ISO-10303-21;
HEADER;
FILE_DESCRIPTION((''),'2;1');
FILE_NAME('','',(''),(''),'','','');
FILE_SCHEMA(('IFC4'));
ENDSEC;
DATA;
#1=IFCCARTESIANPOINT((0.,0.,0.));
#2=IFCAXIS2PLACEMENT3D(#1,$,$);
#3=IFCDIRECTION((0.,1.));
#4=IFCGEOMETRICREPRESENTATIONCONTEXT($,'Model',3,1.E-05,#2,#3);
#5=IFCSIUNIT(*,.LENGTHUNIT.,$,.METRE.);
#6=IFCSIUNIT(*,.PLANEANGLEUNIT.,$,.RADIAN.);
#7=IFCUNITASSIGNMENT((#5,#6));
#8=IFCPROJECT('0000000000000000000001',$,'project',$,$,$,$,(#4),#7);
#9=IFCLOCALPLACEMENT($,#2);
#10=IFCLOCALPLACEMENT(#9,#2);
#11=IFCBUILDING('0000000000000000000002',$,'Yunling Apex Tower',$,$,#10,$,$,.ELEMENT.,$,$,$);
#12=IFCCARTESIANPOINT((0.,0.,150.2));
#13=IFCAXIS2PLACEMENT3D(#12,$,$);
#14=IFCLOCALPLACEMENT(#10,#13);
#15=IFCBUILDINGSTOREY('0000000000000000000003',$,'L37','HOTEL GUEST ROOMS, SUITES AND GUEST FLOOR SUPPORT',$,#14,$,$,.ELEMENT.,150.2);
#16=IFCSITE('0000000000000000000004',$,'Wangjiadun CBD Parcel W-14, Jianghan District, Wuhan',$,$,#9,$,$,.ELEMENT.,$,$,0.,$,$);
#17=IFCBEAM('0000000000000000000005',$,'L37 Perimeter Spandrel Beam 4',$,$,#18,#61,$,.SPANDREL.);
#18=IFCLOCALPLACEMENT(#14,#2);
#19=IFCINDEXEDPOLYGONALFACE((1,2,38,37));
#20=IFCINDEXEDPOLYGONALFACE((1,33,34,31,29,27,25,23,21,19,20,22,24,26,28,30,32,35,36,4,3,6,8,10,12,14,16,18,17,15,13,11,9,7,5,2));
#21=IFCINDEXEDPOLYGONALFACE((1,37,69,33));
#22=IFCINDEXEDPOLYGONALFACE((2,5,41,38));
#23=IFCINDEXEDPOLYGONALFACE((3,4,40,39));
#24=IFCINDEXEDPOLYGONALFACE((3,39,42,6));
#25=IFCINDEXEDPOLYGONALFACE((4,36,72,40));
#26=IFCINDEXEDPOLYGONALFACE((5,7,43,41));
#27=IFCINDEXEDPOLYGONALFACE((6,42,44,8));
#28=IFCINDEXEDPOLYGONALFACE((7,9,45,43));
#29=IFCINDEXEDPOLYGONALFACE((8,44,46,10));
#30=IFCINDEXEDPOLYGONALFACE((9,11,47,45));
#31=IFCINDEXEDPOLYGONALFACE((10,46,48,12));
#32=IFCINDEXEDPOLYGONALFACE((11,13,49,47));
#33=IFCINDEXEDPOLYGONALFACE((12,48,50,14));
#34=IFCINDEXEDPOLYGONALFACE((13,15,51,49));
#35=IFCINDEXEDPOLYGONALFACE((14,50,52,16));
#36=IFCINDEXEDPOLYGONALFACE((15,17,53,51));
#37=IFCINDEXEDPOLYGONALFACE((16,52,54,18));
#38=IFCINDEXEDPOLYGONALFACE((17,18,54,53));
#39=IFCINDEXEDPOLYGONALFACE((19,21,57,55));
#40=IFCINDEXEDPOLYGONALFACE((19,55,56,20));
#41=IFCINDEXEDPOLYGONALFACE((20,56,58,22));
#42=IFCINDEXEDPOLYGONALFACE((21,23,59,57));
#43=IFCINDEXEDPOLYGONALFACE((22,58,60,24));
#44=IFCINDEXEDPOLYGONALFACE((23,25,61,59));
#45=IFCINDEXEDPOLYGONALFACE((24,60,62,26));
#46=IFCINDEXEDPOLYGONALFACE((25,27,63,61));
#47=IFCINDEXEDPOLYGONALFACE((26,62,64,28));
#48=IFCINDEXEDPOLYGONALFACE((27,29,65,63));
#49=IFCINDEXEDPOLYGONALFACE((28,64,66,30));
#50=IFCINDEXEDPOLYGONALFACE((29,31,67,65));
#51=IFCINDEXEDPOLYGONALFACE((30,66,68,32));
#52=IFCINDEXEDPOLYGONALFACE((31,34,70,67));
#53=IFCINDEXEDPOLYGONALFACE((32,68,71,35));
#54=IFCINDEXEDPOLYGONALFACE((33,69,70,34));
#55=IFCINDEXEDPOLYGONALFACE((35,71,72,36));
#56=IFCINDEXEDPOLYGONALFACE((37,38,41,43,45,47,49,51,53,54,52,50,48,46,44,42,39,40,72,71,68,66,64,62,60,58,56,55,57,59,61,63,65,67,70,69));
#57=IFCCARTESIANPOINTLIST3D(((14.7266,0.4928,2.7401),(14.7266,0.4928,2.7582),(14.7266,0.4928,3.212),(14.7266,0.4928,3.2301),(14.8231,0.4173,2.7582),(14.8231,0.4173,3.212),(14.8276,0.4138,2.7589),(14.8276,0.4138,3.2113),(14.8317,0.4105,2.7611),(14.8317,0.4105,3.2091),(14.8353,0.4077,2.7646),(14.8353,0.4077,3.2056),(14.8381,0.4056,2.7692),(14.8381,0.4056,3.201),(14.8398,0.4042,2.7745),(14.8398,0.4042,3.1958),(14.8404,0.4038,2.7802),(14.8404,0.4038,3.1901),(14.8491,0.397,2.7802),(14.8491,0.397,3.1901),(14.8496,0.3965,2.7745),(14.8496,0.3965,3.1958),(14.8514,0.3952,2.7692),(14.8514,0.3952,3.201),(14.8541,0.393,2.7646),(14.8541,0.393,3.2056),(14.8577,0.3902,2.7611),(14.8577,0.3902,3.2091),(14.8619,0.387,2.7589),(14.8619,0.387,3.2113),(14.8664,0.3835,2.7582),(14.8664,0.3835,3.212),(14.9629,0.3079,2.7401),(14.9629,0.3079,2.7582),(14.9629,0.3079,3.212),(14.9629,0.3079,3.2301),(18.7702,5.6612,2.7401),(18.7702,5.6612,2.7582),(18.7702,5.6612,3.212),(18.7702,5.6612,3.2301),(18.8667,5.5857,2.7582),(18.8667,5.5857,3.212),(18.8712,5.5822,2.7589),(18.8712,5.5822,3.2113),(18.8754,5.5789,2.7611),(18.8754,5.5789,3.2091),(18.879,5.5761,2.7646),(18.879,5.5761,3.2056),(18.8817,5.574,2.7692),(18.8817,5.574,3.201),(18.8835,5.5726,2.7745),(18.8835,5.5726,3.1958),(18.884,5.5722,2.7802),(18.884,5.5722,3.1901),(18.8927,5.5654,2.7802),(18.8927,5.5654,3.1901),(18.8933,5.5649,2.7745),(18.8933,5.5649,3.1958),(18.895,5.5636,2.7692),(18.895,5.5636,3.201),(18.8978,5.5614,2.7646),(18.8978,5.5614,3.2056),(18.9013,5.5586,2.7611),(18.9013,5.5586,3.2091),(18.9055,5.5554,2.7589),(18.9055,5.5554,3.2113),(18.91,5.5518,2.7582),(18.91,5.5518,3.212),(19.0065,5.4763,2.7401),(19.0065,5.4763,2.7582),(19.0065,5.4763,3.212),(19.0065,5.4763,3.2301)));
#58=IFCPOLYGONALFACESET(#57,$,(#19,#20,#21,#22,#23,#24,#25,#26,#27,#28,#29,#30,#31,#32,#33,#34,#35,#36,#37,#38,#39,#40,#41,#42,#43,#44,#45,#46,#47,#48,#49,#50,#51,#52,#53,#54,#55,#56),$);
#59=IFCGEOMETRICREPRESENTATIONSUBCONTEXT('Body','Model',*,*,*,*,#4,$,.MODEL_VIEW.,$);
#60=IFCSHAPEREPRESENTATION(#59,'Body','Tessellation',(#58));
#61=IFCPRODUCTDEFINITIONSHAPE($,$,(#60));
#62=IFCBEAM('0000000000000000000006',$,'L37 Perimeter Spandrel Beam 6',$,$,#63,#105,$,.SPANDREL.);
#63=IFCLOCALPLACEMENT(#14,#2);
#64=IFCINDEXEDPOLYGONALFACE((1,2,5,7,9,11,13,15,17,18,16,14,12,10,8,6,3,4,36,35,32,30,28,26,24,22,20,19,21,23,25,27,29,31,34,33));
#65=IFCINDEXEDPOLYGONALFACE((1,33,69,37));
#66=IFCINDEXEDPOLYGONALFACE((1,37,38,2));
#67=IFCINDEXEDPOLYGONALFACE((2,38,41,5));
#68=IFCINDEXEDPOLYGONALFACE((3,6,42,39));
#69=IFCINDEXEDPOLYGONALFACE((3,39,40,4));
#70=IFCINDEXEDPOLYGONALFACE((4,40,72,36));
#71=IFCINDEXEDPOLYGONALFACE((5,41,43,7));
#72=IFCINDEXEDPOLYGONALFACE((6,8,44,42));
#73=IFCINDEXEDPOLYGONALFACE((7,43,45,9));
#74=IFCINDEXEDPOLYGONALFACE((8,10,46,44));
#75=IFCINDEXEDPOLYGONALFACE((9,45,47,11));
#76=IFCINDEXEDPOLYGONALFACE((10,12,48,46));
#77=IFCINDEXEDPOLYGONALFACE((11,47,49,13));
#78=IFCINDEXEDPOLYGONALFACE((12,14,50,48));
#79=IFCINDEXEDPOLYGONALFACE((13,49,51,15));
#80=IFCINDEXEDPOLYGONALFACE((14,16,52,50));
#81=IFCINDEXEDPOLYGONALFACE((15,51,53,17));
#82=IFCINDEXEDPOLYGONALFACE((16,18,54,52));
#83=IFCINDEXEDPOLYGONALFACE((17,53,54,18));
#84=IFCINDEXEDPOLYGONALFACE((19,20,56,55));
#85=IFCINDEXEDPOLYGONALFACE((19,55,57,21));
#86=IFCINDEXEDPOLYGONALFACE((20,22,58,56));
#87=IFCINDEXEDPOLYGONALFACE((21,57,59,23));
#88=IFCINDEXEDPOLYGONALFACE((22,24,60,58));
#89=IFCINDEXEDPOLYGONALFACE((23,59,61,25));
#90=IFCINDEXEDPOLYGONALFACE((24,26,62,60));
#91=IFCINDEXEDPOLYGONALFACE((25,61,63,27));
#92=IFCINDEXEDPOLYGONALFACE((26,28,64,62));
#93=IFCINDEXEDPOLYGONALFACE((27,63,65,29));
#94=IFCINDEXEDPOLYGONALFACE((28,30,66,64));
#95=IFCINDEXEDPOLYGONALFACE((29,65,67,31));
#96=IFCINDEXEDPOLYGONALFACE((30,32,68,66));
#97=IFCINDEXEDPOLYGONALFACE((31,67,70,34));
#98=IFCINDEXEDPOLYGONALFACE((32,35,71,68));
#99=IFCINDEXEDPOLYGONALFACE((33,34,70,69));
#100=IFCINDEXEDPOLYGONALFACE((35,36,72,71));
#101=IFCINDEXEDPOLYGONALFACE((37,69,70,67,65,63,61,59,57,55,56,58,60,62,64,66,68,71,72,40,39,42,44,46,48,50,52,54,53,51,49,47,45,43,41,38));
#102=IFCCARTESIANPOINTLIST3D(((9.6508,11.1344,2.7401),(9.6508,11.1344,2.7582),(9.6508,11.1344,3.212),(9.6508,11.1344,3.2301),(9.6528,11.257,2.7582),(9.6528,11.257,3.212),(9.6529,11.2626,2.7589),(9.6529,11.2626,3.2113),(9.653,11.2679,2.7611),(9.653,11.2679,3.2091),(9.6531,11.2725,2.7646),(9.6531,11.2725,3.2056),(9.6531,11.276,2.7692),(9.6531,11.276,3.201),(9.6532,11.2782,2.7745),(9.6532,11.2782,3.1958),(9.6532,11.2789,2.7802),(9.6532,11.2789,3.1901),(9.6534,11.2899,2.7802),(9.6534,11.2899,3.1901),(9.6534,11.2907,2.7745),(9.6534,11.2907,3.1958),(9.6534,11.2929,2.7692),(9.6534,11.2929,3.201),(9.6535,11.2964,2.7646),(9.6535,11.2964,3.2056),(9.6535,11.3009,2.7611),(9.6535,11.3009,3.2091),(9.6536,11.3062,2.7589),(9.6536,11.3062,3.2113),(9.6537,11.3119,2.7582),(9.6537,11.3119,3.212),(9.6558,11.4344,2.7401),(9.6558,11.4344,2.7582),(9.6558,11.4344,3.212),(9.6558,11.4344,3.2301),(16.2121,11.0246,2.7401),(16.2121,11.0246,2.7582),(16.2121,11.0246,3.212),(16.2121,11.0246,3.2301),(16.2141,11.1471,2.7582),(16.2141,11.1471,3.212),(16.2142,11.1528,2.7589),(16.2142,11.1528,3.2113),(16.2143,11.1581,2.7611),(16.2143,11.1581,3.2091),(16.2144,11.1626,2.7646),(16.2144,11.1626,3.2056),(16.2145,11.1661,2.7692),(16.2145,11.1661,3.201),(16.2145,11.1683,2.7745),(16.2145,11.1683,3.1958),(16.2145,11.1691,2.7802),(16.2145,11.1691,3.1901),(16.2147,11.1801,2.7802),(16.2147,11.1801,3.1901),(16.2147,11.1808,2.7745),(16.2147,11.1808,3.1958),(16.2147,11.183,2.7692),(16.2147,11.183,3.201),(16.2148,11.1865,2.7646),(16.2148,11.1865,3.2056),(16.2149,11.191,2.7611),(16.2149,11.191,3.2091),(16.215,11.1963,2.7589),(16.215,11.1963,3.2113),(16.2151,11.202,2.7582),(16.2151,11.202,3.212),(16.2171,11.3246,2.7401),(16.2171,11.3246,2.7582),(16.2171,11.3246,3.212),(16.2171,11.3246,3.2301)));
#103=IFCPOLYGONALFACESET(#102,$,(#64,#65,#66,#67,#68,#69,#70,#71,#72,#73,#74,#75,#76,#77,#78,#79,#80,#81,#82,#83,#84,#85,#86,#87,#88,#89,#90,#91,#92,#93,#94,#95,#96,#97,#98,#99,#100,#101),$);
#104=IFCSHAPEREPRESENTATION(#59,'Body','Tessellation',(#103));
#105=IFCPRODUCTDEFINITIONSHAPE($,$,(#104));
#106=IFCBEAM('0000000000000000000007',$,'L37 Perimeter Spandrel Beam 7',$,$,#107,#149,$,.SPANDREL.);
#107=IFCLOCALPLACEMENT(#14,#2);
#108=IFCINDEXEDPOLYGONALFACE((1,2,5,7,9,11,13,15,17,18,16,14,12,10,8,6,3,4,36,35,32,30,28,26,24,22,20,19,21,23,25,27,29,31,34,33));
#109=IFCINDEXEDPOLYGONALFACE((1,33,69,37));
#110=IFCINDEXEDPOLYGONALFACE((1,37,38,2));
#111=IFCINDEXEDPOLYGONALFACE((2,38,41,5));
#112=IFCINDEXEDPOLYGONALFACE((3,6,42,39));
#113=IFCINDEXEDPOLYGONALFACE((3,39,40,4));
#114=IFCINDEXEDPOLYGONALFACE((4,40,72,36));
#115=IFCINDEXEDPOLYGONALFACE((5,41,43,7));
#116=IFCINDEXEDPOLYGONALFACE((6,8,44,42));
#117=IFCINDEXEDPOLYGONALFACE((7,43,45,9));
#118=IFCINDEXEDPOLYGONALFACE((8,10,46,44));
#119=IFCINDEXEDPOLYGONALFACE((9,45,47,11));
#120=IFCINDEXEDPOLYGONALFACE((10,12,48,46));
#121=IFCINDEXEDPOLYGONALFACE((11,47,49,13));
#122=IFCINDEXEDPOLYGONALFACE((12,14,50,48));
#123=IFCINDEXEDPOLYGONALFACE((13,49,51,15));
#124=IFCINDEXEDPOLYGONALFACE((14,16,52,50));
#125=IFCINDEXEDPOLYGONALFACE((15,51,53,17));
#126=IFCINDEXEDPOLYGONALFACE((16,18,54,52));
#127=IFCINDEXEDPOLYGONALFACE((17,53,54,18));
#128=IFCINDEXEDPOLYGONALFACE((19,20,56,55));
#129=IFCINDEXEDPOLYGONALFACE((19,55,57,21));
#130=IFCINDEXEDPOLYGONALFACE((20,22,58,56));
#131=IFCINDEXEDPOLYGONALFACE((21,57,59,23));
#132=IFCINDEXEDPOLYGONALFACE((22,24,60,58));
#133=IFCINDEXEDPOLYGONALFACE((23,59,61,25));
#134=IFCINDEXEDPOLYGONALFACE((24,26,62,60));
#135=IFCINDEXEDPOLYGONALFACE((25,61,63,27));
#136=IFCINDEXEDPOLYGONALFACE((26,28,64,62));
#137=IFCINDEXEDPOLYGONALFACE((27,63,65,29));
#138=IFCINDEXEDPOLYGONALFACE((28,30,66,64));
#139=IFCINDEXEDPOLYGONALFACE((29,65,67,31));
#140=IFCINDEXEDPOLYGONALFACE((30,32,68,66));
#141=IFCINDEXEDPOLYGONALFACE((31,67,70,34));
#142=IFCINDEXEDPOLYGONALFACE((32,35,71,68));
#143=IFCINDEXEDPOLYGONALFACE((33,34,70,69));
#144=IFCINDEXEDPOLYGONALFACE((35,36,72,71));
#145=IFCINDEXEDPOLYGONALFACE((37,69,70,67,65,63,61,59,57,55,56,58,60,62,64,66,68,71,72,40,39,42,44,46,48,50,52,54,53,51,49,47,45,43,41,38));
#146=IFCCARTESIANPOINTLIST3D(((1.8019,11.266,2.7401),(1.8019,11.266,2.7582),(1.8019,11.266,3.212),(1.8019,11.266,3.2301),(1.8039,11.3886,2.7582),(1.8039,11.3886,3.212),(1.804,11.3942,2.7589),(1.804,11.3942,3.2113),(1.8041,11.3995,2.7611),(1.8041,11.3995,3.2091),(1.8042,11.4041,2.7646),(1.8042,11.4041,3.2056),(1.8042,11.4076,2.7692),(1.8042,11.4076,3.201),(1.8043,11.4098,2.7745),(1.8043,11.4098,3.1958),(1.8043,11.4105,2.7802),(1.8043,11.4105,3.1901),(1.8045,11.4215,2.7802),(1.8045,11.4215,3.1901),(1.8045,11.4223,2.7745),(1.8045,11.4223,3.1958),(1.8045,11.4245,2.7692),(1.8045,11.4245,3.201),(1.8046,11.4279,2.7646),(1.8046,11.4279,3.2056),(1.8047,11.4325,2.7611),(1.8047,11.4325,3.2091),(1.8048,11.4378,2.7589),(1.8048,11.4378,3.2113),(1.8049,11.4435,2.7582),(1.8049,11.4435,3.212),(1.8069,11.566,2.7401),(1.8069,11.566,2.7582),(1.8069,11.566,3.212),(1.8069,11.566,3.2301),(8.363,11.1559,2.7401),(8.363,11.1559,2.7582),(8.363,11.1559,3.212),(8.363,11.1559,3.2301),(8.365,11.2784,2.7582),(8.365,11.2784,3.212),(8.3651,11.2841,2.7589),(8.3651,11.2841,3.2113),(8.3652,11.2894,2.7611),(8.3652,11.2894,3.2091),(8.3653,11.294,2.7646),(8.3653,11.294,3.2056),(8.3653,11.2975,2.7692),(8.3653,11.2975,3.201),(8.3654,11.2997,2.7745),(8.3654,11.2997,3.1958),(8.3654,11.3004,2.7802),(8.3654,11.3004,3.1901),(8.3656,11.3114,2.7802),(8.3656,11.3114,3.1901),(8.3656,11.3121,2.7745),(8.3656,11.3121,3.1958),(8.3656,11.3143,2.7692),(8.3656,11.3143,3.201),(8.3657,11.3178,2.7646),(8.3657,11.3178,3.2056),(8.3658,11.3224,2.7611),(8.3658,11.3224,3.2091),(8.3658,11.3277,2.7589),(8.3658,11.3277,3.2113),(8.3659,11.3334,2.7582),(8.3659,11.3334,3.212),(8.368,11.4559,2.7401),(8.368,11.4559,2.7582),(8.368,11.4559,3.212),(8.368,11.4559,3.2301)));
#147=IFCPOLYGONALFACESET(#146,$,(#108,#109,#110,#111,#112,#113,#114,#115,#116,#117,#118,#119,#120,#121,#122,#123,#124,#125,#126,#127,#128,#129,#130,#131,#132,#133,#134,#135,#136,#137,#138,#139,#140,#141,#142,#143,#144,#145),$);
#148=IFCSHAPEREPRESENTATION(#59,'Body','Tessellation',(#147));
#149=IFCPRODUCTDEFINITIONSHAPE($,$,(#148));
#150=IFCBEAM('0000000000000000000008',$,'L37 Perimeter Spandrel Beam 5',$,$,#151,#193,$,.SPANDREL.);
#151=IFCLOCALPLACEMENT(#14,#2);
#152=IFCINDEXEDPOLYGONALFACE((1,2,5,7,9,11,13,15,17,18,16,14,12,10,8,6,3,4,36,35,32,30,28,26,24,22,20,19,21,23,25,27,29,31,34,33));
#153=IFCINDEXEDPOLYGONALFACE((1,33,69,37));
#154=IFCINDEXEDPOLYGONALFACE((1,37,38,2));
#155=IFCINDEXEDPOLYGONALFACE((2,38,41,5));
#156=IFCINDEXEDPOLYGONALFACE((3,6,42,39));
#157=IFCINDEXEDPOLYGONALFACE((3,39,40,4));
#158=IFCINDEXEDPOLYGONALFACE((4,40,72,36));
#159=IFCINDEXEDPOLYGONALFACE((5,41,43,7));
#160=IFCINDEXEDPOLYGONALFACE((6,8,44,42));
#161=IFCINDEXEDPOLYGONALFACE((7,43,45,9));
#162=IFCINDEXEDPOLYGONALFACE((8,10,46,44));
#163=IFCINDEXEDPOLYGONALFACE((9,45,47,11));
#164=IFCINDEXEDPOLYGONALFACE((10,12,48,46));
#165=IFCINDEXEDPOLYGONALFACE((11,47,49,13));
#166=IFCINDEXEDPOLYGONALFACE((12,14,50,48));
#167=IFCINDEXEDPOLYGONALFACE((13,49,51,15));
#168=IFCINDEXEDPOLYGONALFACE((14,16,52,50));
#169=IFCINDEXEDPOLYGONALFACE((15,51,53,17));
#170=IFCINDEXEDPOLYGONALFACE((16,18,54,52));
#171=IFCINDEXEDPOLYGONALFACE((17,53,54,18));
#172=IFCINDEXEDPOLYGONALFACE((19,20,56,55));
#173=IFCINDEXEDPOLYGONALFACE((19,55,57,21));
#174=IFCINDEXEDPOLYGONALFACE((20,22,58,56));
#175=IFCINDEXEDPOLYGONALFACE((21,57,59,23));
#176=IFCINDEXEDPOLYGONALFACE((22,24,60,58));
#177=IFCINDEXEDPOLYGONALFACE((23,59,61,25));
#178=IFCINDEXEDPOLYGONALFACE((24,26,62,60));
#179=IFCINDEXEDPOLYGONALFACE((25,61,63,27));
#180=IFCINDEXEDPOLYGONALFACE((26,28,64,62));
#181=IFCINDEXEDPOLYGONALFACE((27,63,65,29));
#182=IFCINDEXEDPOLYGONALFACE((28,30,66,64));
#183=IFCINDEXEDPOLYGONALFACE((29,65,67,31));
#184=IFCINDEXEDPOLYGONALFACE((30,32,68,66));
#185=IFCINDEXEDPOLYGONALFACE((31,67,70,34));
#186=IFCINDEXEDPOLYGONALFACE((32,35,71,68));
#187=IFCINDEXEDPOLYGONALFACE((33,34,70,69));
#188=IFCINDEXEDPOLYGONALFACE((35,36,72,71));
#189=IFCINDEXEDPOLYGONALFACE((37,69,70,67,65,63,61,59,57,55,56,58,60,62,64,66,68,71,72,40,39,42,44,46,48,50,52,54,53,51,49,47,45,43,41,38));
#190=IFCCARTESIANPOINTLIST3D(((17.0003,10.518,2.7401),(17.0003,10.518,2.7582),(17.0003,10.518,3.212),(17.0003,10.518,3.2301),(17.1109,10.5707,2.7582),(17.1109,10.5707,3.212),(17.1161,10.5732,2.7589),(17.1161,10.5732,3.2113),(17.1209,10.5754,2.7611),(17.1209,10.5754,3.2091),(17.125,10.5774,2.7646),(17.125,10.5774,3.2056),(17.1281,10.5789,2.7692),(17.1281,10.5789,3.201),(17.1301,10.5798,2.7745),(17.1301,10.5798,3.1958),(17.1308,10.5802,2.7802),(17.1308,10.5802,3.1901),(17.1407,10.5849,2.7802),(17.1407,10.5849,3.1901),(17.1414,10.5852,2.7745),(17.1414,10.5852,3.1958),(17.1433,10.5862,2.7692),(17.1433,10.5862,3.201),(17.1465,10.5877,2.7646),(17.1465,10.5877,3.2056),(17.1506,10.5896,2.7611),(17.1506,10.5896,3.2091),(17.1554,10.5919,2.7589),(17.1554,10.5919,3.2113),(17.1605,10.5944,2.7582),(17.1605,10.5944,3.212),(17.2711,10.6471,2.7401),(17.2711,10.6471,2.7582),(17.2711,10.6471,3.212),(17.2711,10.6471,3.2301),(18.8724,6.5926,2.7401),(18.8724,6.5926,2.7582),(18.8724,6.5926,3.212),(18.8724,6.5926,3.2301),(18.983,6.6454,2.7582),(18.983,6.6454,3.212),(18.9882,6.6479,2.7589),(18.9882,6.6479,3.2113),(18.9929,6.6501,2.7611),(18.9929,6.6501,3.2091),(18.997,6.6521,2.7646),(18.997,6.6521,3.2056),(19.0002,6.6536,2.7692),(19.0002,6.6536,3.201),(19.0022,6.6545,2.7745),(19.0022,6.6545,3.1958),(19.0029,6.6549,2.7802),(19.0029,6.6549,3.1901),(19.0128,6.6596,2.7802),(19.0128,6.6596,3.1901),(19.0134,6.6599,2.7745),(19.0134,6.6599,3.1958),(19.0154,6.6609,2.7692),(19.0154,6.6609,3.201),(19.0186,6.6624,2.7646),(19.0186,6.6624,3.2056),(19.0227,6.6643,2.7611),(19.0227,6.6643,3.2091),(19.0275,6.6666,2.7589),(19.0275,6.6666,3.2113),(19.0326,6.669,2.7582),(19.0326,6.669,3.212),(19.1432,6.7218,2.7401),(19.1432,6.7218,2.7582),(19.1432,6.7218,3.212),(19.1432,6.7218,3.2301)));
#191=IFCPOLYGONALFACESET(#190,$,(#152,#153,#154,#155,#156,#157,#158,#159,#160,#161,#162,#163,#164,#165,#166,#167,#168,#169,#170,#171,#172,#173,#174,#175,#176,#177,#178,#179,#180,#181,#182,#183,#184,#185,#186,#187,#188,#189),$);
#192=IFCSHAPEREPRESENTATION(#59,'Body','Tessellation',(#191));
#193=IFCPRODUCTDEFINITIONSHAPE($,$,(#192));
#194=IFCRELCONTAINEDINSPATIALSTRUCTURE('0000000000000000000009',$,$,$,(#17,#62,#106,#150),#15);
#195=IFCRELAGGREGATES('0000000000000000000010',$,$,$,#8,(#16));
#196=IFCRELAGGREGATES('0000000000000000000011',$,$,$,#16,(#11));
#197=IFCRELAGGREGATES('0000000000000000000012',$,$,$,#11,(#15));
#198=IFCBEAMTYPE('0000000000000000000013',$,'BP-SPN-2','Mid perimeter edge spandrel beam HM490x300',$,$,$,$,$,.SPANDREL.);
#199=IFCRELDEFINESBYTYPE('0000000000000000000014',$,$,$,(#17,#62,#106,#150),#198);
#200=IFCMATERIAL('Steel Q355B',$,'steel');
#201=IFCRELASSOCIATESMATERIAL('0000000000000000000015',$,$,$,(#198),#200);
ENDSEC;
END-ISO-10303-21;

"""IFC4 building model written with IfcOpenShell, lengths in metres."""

from ifc_helpers import new_model, si_unit, direction, frame, origin, origin_2d, place, context, subcontext, project, spatial, i_section, extrude, source, transform, mapped, material, material_profile, profile_set, type_object, element, save


model = new_model("IFC4")

# Units and contexts
model_context = context("Model", 3, precision=1e-05, world=origin(), true_north=direction((0.0, 1.0)))
body_context = subcontext(model_context, "Body", "Model", "MODEL_VIEW")
ifc_project = project(units=[si_unit("LENGTHUNIT", "METRE"), si_unit("PLANEANGLEUNIT", "RADIAN")], contexts=[model_context])

# Site, building, storey
site_placement = place(None, origin())
site = spatial("IfcSite", under=ifc_project, at=site_placement, Name="Wangjiadun CBD Parcel W-14, Jianghan District, Wuhan", CompositionType="ELEMENT", RefElevation=0.0)
building_placement = place(site_placement, origin())
building = spatial("IfcBuilding", under=site, at=building_placement, Name="Yunling Apex Tower", CompositionType="ELEMENT")
storey_placement = place(building_placement, frame((0.0, 0.0, 150.2)))
storey = spatial("IfcBuildingStorey", under=building, at=storey_placement, Name="L37", Description="HOTEL GUEST ROOMS, SUITES AND GUEST FLOOR SUPPORT", CompositionType="ELEMENT", Elevation=150.2)

# Beams
ifc_material_1 = material(Name="Steel Q355B", Category="steel")
ifc_material_profile_1 = material_profile(ifc_material_1, i_section(OverallWidth=0.3, OverallDepth=0.49, WebThickness=0.011, FlangeThickness=0.0181, FilletRadius=0.022, at=origin_2d()))
ifc_profile_set_1 = profile_set([ifc_material_profile_1], Name="Steel Q355B")
beam_type_1 = type_object("IfcBeamType", Name="BP-SPN-2", Description="Mid perimeter edge spandrel beam HM490x300", PredefinedType="SPANDREL", material=ifc_profile_set_1)
shared_shape_1 = source(origin(), body_context, "Body", "SweptSolid", [
    extrude(i_section(OverallWidth=0.3, OverallDepth=0.49, WebThickness=0.011, FlangeThickness=0.0181, FilletRadius=0.022, at=origin_2d()), origin(), (0.0, 0.0, 1.0), 6.5623),
])
for number, where, z_axis, x_axis, name in (
    (1, (14.8447, 0.4004, 2.9851), (0.616197, 0.787592, 0.0), (-0.787592, 0.616197, 0.0), "L37 Perimeter Spandrel Beam 4"),
    (2, (16.2146, 11.1746, 2.9851), (-0.99986, 0.016742, 0.0), (-0.016742, -0.99986, 0.0), "L37 Perimeter Spandrel Beam 6"),
):
    element("IfcBeam", number, at=place(storey_placement, frame(where, z_axis=z_axis, x_axis=x_axis)), inside=storey, type_object=beam_type_1, Name=name, PredefinedType="SPANDREL", context=body_context, shape_type="MappedRepresentation", body=[
        mapped(shared_shape_1, transform((0.0, 0.0, 0.0), scale=1.0)),
    ])
shared_shape_2 = source(origin(), body_context, "Body", "SweptSolid", [
    extrude(i_section(OverallWidth=0.3, OverallDepth=0.49, WebThickness=0.011, FlangeThickness=0.0181, FilletRadius=0.022, at=origin_2d()), origin(), (0.0, 0.0, 1.0), 6.562),
])
beam_1_placement = place(storey_placement, frame((8.3655, 11.3059, 2.9851), z_axis=(-0.999859, 0.01678, 0.0), x_axis=(-0.01678, -0.999859, 0.0)))
element("IfcBeam", 3, at=beam_1_placement, inside=storey, type_object=beam_type_1, Name="L37 Perimeter Spandrel Beam 7", PredefinedType="SPANDREL", context=body_context, shape_type="MappedRepresentation", body=[
    mapped(shared_shape_2, transform((0.0, 0.0, 0.0), scale=1.0)),
])
shared_shape_3 = source(origin(), body_context, "Body", "SweptSolid", [
    extrude(i_section(OverallWidth=0.3, OverallDepth=0.49, WebThickness=0.011, FlangeThickness=0.0181, FilletRadius=0.022, at=origin_2d()), origin(), (0.0, 0.0, 1.0), 4.3489),
])
beam_2_placement = place(storey_placement, frame((19.0078, 6.6572, 2.9851), z_axis=(-0.430474, 0.902603, 0.0), x_axis=(-0.902603, -0.430474, 0.0)))
element("IfcBeam", 4, at=beam_2_placement, inside=storey, type_object=beam_type_1, Name="L37 Perimeter Spandrel Beam 5", PredefinedType="SPANDREL", context=body_context, shape_type="MappedRepresentation", body=[
    mapped(shared_shape_3, transform((0.0, 0.0, 0.0), scale=1.0)),
])

save(model, "model.ifc")
